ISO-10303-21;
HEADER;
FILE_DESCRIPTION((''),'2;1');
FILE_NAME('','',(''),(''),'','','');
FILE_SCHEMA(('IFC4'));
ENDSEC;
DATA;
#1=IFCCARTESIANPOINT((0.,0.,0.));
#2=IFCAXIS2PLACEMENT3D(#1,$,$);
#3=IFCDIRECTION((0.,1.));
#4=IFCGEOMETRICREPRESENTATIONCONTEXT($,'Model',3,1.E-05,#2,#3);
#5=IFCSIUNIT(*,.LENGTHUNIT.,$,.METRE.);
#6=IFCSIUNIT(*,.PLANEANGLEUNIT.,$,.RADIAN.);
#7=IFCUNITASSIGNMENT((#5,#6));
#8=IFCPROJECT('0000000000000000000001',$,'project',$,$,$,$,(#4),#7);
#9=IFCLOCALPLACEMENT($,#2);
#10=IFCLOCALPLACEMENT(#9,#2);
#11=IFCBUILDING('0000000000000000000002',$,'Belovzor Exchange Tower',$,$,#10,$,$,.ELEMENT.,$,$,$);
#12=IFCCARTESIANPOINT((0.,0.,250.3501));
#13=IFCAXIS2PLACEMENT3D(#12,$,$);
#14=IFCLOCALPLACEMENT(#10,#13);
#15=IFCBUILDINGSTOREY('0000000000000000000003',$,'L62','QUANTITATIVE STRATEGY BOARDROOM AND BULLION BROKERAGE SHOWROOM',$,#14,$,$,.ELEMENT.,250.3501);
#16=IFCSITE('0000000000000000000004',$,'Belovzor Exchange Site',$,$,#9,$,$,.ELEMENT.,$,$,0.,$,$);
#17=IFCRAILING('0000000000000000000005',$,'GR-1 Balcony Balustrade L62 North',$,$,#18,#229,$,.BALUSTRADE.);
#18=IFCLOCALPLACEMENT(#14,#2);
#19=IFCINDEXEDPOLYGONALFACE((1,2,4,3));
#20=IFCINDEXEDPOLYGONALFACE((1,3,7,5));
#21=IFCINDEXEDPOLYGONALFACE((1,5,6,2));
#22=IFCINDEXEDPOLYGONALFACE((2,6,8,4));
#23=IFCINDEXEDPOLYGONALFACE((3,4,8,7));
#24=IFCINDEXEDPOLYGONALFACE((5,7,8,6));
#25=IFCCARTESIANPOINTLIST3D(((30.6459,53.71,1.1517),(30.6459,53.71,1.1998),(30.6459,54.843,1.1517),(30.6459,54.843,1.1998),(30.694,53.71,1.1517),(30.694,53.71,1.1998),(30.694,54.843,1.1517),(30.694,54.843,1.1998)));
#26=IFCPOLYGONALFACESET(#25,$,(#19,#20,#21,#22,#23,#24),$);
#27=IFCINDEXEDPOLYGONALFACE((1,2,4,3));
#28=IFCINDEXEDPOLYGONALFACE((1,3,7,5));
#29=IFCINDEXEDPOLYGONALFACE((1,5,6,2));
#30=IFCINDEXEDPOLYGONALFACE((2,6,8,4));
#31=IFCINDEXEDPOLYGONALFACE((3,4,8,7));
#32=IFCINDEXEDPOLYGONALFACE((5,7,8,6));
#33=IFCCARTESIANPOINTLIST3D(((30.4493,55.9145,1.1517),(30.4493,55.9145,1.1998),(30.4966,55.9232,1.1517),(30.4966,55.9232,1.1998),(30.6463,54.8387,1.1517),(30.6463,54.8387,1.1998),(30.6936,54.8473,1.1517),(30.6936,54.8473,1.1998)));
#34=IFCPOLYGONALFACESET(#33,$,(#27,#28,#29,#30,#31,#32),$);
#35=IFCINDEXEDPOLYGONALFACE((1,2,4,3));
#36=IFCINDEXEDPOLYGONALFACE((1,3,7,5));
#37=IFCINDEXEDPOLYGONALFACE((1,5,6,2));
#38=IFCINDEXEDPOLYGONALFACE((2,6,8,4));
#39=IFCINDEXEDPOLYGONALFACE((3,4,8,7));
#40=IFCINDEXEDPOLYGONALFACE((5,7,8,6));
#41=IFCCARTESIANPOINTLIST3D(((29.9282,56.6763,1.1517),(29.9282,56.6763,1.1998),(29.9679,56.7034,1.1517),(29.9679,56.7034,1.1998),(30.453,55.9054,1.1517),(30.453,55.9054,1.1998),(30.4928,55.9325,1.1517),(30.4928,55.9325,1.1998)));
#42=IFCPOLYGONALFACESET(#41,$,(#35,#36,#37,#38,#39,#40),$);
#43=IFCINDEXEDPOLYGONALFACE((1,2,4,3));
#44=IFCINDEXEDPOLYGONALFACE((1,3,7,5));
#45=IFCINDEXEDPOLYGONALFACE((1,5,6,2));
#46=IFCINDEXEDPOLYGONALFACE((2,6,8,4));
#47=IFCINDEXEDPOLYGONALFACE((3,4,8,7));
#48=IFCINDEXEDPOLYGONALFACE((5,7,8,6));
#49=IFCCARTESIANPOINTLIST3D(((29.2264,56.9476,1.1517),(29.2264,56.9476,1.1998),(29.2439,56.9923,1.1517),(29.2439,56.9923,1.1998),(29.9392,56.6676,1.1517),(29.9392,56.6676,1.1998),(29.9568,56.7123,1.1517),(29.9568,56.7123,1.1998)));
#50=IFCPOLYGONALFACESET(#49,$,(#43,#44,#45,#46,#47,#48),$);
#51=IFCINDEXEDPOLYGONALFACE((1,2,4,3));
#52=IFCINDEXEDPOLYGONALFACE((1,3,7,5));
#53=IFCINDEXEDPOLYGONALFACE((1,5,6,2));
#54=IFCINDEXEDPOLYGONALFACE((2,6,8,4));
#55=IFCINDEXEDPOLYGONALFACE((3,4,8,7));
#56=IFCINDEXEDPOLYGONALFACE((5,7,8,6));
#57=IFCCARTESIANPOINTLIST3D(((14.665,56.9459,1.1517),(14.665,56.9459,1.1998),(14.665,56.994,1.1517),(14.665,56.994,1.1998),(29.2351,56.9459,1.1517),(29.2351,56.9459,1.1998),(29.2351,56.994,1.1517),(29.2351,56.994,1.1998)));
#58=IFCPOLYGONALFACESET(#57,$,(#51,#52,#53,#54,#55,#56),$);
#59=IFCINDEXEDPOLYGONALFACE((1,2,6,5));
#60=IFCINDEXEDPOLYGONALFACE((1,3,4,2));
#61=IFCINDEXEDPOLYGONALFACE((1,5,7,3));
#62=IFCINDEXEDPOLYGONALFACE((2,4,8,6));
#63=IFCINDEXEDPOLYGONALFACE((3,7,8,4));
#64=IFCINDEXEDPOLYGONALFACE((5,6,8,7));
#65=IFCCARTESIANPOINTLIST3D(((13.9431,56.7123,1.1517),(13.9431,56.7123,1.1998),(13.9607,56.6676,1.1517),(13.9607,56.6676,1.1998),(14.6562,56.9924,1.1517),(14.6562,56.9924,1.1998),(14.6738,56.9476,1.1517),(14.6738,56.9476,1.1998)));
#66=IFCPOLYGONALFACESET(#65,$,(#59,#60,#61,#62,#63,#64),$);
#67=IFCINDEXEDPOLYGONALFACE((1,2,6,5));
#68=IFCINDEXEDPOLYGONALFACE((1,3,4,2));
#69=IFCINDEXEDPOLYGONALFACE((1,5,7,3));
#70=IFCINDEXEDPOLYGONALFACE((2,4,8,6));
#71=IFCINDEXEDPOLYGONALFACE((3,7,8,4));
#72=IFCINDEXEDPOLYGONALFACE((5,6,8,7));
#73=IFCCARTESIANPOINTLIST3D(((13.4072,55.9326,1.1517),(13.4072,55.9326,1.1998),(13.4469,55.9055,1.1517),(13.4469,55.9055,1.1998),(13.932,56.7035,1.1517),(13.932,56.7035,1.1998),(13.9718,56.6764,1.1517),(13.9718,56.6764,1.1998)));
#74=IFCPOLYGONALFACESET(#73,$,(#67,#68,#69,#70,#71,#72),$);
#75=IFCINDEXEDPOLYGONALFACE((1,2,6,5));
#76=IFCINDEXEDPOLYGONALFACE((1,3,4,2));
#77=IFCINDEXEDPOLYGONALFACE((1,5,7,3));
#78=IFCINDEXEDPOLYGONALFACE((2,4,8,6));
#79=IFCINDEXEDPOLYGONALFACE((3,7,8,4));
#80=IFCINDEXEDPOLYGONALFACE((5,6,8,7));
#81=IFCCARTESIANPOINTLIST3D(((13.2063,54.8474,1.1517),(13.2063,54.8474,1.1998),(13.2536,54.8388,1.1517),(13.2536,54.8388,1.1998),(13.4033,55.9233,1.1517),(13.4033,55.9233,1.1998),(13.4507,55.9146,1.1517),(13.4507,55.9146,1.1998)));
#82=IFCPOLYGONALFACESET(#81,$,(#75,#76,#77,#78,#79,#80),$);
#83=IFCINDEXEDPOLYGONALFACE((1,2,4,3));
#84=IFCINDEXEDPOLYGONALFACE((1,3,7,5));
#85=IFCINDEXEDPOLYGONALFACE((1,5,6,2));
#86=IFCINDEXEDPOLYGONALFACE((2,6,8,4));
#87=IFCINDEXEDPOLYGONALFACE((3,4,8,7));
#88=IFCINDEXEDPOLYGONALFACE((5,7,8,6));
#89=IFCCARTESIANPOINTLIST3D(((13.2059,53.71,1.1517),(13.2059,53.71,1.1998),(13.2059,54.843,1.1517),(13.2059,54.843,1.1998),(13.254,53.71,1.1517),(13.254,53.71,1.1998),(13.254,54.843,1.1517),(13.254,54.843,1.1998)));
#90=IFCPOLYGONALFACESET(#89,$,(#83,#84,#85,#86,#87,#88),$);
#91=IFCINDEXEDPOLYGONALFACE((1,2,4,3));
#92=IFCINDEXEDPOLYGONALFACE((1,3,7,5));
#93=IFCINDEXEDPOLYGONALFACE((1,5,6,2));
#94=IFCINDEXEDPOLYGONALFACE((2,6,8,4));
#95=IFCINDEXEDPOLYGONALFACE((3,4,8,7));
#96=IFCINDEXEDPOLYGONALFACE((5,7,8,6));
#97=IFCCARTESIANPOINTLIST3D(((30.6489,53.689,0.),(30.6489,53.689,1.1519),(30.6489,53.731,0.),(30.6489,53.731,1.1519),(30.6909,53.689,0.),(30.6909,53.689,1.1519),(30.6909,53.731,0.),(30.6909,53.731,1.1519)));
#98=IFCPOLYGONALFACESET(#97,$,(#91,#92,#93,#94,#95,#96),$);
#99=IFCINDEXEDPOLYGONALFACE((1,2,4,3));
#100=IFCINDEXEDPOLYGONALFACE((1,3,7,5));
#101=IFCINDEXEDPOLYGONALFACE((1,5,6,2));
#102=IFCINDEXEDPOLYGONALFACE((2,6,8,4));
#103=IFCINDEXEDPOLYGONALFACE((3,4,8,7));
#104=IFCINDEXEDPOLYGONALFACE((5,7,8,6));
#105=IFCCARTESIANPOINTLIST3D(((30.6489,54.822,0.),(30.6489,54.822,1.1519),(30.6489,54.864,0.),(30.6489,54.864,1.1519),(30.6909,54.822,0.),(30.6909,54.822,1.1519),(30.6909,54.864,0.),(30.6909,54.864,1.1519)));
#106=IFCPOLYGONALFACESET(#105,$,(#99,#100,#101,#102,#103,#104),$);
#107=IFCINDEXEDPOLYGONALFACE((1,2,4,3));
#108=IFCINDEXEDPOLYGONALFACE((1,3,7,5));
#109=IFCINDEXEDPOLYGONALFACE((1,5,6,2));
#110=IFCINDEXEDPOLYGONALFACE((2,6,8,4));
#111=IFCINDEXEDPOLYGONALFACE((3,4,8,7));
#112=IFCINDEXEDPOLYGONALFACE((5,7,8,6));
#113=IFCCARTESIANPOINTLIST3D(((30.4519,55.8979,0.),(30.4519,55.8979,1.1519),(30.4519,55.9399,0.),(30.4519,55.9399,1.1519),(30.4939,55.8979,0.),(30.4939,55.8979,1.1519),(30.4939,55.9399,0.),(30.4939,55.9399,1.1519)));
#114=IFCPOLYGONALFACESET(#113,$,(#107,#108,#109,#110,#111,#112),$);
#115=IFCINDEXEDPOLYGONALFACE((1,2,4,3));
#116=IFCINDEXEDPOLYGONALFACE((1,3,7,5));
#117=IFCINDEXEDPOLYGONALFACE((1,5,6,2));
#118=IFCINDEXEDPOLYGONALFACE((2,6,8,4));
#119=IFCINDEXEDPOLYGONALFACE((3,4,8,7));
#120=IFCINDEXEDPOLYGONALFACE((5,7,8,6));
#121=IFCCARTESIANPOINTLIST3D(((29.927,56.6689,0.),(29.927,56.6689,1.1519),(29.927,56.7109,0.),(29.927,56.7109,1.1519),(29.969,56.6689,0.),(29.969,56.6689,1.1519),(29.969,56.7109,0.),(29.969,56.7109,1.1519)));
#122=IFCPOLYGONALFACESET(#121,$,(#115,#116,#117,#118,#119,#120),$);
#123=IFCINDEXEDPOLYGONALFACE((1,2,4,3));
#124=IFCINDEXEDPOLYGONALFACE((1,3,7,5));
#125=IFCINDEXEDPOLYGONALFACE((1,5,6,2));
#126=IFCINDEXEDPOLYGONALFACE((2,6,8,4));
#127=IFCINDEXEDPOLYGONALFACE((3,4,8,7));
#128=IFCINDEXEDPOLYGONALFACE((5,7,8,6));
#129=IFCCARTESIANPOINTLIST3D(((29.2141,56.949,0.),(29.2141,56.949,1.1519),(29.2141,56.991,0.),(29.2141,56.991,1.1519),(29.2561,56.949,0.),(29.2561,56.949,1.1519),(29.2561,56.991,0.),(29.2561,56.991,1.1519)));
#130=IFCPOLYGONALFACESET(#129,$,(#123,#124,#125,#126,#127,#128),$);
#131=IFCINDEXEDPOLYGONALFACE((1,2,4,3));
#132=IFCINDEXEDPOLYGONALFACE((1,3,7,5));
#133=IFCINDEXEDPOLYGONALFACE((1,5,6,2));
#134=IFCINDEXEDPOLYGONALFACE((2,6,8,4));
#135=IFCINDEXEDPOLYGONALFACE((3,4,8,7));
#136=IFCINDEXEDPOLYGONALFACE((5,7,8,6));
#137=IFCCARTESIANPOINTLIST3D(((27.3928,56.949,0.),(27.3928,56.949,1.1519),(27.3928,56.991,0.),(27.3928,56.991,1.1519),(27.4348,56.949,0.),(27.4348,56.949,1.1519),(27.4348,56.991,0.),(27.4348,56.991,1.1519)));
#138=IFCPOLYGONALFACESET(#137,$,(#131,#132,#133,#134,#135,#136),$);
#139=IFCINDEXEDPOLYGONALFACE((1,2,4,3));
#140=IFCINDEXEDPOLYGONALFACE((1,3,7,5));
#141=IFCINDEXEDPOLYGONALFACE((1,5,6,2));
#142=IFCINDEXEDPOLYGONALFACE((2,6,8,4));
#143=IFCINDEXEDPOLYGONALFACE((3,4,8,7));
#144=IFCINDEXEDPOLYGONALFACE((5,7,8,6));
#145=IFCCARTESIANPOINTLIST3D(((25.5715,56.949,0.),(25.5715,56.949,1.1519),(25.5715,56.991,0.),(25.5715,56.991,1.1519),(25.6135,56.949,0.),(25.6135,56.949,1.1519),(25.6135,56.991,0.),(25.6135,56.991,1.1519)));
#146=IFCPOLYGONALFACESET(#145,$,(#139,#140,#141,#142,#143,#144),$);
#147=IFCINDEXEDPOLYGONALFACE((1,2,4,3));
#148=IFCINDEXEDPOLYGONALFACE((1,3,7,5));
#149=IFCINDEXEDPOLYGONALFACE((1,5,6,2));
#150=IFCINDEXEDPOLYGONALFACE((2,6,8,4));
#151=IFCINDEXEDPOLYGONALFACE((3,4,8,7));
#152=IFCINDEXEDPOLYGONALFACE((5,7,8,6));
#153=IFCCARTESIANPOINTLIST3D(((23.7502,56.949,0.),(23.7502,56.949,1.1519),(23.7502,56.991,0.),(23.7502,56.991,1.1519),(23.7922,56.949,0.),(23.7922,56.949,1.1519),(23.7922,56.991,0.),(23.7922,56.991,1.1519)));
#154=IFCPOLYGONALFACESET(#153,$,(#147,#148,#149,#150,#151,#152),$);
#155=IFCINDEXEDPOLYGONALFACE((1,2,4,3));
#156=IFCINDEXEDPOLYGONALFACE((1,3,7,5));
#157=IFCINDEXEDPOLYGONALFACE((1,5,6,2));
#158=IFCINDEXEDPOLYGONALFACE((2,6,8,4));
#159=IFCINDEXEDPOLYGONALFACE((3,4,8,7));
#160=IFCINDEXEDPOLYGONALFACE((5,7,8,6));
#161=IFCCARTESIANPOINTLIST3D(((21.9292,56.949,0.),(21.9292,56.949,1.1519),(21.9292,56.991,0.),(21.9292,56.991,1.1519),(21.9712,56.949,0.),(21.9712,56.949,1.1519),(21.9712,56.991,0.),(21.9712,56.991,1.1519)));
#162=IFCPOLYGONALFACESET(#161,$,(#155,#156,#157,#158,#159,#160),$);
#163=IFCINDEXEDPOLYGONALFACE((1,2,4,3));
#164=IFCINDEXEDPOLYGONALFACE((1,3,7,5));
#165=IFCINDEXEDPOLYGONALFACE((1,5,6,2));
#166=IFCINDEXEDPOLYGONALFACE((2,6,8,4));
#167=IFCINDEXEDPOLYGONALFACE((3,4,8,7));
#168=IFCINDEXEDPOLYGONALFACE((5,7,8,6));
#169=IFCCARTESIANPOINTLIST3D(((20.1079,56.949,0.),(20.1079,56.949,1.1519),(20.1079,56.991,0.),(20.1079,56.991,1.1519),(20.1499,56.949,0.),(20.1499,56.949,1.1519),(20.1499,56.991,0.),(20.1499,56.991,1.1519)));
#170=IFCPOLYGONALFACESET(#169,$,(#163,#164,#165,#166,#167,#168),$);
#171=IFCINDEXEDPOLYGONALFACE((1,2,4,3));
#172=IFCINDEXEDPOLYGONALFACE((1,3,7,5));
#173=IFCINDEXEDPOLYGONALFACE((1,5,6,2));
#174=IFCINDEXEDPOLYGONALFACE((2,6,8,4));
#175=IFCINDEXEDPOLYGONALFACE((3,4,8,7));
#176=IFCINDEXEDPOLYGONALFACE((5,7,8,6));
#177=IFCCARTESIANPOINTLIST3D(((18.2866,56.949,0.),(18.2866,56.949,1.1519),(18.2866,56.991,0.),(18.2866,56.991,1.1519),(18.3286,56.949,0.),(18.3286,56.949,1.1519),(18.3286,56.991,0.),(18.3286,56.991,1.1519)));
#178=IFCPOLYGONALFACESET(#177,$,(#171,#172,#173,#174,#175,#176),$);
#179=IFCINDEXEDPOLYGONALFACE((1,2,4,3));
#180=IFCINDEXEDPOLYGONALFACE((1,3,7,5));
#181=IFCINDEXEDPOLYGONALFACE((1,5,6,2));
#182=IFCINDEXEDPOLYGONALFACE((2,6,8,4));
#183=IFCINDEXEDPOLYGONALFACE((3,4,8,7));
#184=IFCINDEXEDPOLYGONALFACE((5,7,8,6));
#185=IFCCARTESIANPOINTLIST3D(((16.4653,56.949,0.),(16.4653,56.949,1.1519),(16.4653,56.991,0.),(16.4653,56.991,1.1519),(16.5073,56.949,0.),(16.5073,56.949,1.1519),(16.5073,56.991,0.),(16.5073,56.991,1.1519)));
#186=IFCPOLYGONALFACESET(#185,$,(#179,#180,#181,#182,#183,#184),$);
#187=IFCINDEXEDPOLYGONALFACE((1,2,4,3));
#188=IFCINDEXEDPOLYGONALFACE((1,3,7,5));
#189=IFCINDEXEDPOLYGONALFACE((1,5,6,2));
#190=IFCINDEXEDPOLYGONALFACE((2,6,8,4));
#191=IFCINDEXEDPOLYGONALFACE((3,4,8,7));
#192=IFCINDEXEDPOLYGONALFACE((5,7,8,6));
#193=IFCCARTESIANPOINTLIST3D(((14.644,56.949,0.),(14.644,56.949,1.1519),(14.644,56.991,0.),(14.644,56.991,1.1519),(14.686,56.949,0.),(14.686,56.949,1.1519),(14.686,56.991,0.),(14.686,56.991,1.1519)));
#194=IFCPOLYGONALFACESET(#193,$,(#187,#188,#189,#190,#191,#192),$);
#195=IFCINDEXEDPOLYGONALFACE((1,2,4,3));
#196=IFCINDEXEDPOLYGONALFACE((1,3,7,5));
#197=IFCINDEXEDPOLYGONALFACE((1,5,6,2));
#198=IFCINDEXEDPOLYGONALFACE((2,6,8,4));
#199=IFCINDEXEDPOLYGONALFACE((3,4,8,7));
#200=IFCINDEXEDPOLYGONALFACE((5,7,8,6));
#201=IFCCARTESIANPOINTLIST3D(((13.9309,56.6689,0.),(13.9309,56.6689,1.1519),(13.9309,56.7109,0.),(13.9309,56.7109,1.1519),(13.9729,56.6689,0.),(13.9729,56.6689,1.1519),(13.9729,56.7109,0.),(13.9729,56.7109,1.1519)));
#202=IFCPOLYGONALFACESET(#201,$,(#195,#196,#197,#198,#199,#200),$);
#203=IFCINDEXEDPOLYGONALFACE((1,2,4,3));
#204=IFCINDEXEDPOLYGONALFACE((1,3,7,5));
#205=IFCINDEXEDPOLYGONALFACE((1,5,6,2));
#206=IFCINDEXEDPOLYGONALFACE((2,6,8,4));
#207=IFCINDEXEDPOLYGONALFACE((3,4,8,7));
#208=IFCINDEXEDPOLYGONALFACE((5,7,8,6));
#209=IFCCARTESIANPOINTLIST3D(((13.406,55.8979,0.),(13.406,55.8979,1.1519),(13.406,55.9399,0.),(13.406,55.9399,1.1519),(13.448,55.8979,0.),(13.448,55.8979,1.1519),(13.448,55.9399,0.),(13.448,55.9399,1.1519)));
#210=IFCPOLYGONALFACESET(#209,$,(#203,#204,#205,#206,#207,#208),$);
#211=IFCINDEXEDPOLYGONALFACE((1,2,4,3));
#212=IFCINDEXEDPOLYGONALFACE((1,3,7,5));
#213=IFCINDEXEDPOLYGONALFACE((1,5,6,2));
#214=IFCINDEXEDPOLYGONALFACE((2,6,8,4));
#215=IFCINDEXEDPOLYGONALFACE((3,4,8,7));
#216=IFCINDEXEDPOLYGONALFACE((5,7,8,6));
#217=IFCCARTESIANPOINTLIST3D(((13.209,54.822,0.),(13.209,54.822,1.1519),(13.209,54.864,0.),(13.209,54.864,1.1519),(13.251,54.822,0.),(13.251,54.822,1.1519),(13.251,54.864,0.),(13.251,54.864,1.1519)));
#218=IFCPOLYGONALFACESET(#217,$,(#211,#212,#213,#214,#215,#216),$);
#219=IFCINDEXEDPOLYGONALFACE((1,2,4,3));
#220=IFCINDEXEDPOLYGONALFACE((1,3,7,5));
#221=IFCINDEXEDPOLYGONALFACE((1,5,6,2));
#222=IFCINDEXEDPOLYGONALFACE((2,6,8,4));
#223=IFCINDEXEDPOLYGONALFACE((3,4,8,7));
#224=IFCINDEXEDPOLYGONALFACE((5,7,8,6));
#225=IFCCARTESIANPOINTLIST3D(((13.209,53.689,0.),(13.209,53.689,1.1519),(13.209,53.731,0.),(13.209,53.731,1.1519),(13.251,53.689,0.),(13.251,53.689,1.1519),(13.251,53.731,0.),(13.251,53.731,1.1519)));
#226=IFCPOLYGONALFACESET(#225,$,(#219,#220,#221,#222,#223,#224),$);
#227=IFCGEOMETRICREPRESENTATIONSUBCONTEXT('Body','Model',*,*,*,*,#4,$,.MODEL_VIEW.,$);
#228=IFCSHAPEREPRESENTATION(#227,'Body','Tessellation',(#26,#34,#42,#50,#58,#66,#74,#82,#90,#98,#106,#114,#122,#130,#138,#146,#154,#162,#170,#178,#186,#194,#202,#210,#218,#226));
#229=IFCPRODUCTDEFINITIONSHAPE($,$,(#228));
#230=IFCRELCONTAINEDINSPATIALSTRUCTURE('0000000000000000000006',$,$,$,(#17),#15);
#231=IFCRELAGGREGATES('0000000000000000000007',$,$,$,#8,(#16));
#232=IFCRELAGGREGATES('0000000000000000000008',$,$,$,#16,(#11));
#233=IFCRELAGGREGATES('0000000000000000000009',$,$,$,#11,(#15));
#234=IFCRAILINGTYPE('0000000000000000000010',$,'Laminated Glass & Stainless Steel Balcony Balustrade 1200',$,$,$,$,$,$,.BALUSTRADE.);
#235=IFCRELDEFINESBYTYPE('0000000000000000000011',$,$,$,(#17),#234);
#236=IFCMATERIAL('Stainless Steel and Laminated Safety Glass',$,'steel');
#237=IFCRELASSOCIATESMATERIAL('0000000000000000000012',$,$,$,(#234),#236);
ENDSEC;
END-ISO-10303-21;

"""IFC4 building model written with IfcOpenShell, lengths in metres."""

from ifc_helpers import new_model, si_unit, direction, frame, origin, origin_2d, place, context, subcontext, project, spatial, rectangle, extrude, material, type_object, element, save


model = new_model("IFC4")

# Units and contexts
model_context = context("Model", 3, precision=1e-05, world=origin(), true_north=direction((0.0, 1.0)))
body_context = subcontext(model_context, "Body", "Model", "MODEL_VIEW")
ifc_project = project(units=[si_unit("LENGTHUNIT", "METRE"), si_unit("PLANEANGLEUNIT", "RADIAN")], contexts=[model_context])

# Site, building, storey
site_placement = place(None, origin())
site = spatial("IfcSite", under=ifc_project, at=site_placement, Name="Belovzor Exchange Site", CompositionType="ELEMENT", RefElevation=0.0)
building_placement = place(site_placement, origin())
building = spatial("IfcBuilding", under=site, at=building_placement, Name="Belovzor Exchange Tower", CompositionType="ELEMENT")
storey_placement = place(building_placement, frame((0.0, 0.0, 250.3501)))
storey = spatial("IfcBuildingStorey", under=building, at=storey_placement, Name="L62", Description="QUANTITATIVE STRATEGY BOARDROOM AND BULLION BROKERAGE SHOWROOM", CompositionType="ELEMENT", Elevation=250.3501)

# Railing
ifc_material_1 = material(Name="Stainless Steel and Laminated Safety Glass", Category="steel")
railing_type = type_object("IfcRailingType", Name="Laminated Glass & Stainless Steel Balcony Balustrade 1200", PredefinedType="BALUSTRADE", material=ifc_material_1)
railing_placement = place(storey_placement, frame((30.6699, 53.71, 0.0)))
element("IfcRailing", 1, at=railing_placement, inside=storey, type_object=railing_type, Name="GR-1 Balcony Balustrade L62 North", PredefinedType="BALUSTRADE", context=body_context, shape_type="SweptSolid", body=[
    extrude(rectangle(XDim=0.0481, YDim=0.0481, at=origin_2d()), frame((0.0, 0.0, 1.1758), z_axis=(0.0, 1.0, 0.0), x_axis=(-1.0, 0.0, 0.0)), (0.0, 0.0, 1.0), 1.1331),
    extrude(rectangle(XDim=0.0481, YDim=0.0481, at=origin_2d()), frame((0.0, 1.1331, 1.1758), z_axis=(-0.180123, 0.983644, 0.0), x_axis=(-0.983644, -0.180123, 0.0)), (0.0, 0.0, 1.0), 1.0938),
    extrude(rectangle(XDim=0.0481, YDim=0.0481, at=origin_2d()), frame((-0.197, 2.209, 1.1758), z_axis=(-0.562768, 0.826615, 0.0), x_axis=(-0.826615, -0.562768, 0.0)), (0.0, 0.0, 1.0), 0.9326),
    extrude(rectangle(XDim=0.0481, YDim=0.0481, at=origin_2d()), frame((-0.7219, 2.98, 1.1758), z_axis=(-0.930767, 0.365613, 0.0), x_axis=(-0.365613, -0.930767, 0.0)), (0.0, 0.0, 1.0), 0.7659),
    extrude(rectangle(XDim=0.0481, YDim=0.0481, at=origin_2d()), frame((-1.4348, 3.26, 1.1758), z_axis=(-1.0, 0.0, 0.0), x_axis=(0.0, -1.0, 0.0)), (0.0, 0.0, 1.0), 14.5701),
    extrude(rectangle(XDim=0.0481, YDim=0.0481, at=origin_2d()), frame((-16.0049, 3.26, 1.1758), z_axis=(-0.93081, -0.365504, 0.0), x_axis=(0.365504, -0.93081, 0.0)), (0.0, 0.0, 1.0), 0.7661),
    extrude(rectangle(XDim=0.0481, YDim=0.0481, at=origin_2d()), frame((-16.718, 2.98, 1.1758), z_axis=(-0.562768, -0.826615, 0.0), x_axis=(0.826615, -0.562768, 0.0)), (0.0, 0.0, 1.0), 0.9326),
    extrude(rectangle(XDim=0.0481, YDim=0.0481, at=origin_2d()), frame((-17.2429, 2.209, 1.1758), z_axis=(-0.180123, -0.983644, 0.0), x_axis=(0.983644, -0.180123, 0.0)), (0.0, 0.0, 1.0), 1.0938),
    extrude(rectangle(XDim=0.0481, YDim=0.0481, at=origin_2d()), frame((-17.4399, 1.1331, 1.1758), z_axis=(0.0, -1.0, 0.0), x_axis=(1.0, 0.0, 0.0)), (0.0, 0.0, 1.0), 1.1331),
    extrude(rectangle(XDim=0.042, YDim=0.042, at=origin_2d()), origin(), (0.0, 0.0, 1.0), 1.1519),
    extrude(rectangle(XDim=0.042, YDim=0.042, at=origin_2d()), frame((0.0, 1.1331, 0.0)), (0.0, 0.0, 1.0), 1.1519),
    extrude(rectangle(XDim=0.042, YDim=0.042, at=origin_2d()), frame((-0.197, 2.209, 0.0)), (0.0, 0.0, 1.0), 1.1519),
    extrude(rectangle(XDim=0.042, YDim=0.042, at=origin_2d()), frame((-0.7219, 2.98, 0.0)), (0.0, 0.0, 1.0), 1.1519),
    extrude(rectangle(XDim=0.042, YDim=0.042, at=origin_2d()), frame((-1.4348, 3.26, 0.0)), (0.0, 0.0, 1.0), 1.1519),
    extrude(rectangle(XDim=0.042, YDim=0.042, at=origin_2d()), frame((-3.2561, 3.26, 0.0)), (0.0, 0.0, 1.0), 1.1519),
    extrude(rectangle(XDim=0.042, YDim=0.042, at=origin_2d()), frame((-5.0774, 3.26, 0.0)), (0.0, 0.0, 1.0), 1.1519),
    extrude(rectangle(XDim=0.042, YDim=0.042, at=origin_2d()), frame((-6.8987, 3.26, 0.0)), (0.0, 0.0, 1.0), 1.1519),
    extrude(rectangle(XDim=0.042, YDim=0.042, at=origin_2d()), frame((-8.7197, 3.26, 0.0)), (0.0, 0.0, 1.0), 1.1519),
    extrude(rectangle(XDim=0.042, YDim=0.042, at=origin_2d()), frame((-10.541, 3.26, 0.0)), (0.0, 0.0, 1.0), 1.1519),
    extrude(rectangle(XDim=0.042, YDim=0.042, at=origin_2d()), frame((-12.3623, 3.26, 0.0)), (0.0, 0.0, 1.0), 1.1519),
    extrude(rectangle(XDim=0.042, YDim=0.042, at=origin_2d()), frame((-14.1836, 3.26, 0.0)), (0.0, 0.0, 1.0), 1.1519),
    extrude(rectangle(XDim=0.042, YDim=0.042, at=origin_2d()), frame((-16.0049, 3.26, 0.0)), (0.0, 0.0, 1.0), 1.1519),
    extrude(rectangle(XDim=0.042, YDim=0.042, at=origin_2d()), frame((-16.718, 2.98, 0.0)), (0.0, 0.0, 1.0), 1.1519),
    extrude(rectangle(XDim=0.042, YDim=0.042, at=origin_2d()), frame((-17.2429, 2.209, 0.0)), (0.0, 0.0, 1.0), 1.1519),
    extrude(rectangle(XDim=0.042, YDim=0.042, at=origin_2d()), frame((-17.4399, 1.1331, 0.0)), (0.0, 0.0, 1.0), 1.1519),
    extrude(rectangle(XDim=0.042, YDim=0.042, at=origin_2d()), frame((-17.4399, 0.0, 0.0)), (0.0, 0.0, 1.0), 1.1519),
])

save(model, "model.ifc")
